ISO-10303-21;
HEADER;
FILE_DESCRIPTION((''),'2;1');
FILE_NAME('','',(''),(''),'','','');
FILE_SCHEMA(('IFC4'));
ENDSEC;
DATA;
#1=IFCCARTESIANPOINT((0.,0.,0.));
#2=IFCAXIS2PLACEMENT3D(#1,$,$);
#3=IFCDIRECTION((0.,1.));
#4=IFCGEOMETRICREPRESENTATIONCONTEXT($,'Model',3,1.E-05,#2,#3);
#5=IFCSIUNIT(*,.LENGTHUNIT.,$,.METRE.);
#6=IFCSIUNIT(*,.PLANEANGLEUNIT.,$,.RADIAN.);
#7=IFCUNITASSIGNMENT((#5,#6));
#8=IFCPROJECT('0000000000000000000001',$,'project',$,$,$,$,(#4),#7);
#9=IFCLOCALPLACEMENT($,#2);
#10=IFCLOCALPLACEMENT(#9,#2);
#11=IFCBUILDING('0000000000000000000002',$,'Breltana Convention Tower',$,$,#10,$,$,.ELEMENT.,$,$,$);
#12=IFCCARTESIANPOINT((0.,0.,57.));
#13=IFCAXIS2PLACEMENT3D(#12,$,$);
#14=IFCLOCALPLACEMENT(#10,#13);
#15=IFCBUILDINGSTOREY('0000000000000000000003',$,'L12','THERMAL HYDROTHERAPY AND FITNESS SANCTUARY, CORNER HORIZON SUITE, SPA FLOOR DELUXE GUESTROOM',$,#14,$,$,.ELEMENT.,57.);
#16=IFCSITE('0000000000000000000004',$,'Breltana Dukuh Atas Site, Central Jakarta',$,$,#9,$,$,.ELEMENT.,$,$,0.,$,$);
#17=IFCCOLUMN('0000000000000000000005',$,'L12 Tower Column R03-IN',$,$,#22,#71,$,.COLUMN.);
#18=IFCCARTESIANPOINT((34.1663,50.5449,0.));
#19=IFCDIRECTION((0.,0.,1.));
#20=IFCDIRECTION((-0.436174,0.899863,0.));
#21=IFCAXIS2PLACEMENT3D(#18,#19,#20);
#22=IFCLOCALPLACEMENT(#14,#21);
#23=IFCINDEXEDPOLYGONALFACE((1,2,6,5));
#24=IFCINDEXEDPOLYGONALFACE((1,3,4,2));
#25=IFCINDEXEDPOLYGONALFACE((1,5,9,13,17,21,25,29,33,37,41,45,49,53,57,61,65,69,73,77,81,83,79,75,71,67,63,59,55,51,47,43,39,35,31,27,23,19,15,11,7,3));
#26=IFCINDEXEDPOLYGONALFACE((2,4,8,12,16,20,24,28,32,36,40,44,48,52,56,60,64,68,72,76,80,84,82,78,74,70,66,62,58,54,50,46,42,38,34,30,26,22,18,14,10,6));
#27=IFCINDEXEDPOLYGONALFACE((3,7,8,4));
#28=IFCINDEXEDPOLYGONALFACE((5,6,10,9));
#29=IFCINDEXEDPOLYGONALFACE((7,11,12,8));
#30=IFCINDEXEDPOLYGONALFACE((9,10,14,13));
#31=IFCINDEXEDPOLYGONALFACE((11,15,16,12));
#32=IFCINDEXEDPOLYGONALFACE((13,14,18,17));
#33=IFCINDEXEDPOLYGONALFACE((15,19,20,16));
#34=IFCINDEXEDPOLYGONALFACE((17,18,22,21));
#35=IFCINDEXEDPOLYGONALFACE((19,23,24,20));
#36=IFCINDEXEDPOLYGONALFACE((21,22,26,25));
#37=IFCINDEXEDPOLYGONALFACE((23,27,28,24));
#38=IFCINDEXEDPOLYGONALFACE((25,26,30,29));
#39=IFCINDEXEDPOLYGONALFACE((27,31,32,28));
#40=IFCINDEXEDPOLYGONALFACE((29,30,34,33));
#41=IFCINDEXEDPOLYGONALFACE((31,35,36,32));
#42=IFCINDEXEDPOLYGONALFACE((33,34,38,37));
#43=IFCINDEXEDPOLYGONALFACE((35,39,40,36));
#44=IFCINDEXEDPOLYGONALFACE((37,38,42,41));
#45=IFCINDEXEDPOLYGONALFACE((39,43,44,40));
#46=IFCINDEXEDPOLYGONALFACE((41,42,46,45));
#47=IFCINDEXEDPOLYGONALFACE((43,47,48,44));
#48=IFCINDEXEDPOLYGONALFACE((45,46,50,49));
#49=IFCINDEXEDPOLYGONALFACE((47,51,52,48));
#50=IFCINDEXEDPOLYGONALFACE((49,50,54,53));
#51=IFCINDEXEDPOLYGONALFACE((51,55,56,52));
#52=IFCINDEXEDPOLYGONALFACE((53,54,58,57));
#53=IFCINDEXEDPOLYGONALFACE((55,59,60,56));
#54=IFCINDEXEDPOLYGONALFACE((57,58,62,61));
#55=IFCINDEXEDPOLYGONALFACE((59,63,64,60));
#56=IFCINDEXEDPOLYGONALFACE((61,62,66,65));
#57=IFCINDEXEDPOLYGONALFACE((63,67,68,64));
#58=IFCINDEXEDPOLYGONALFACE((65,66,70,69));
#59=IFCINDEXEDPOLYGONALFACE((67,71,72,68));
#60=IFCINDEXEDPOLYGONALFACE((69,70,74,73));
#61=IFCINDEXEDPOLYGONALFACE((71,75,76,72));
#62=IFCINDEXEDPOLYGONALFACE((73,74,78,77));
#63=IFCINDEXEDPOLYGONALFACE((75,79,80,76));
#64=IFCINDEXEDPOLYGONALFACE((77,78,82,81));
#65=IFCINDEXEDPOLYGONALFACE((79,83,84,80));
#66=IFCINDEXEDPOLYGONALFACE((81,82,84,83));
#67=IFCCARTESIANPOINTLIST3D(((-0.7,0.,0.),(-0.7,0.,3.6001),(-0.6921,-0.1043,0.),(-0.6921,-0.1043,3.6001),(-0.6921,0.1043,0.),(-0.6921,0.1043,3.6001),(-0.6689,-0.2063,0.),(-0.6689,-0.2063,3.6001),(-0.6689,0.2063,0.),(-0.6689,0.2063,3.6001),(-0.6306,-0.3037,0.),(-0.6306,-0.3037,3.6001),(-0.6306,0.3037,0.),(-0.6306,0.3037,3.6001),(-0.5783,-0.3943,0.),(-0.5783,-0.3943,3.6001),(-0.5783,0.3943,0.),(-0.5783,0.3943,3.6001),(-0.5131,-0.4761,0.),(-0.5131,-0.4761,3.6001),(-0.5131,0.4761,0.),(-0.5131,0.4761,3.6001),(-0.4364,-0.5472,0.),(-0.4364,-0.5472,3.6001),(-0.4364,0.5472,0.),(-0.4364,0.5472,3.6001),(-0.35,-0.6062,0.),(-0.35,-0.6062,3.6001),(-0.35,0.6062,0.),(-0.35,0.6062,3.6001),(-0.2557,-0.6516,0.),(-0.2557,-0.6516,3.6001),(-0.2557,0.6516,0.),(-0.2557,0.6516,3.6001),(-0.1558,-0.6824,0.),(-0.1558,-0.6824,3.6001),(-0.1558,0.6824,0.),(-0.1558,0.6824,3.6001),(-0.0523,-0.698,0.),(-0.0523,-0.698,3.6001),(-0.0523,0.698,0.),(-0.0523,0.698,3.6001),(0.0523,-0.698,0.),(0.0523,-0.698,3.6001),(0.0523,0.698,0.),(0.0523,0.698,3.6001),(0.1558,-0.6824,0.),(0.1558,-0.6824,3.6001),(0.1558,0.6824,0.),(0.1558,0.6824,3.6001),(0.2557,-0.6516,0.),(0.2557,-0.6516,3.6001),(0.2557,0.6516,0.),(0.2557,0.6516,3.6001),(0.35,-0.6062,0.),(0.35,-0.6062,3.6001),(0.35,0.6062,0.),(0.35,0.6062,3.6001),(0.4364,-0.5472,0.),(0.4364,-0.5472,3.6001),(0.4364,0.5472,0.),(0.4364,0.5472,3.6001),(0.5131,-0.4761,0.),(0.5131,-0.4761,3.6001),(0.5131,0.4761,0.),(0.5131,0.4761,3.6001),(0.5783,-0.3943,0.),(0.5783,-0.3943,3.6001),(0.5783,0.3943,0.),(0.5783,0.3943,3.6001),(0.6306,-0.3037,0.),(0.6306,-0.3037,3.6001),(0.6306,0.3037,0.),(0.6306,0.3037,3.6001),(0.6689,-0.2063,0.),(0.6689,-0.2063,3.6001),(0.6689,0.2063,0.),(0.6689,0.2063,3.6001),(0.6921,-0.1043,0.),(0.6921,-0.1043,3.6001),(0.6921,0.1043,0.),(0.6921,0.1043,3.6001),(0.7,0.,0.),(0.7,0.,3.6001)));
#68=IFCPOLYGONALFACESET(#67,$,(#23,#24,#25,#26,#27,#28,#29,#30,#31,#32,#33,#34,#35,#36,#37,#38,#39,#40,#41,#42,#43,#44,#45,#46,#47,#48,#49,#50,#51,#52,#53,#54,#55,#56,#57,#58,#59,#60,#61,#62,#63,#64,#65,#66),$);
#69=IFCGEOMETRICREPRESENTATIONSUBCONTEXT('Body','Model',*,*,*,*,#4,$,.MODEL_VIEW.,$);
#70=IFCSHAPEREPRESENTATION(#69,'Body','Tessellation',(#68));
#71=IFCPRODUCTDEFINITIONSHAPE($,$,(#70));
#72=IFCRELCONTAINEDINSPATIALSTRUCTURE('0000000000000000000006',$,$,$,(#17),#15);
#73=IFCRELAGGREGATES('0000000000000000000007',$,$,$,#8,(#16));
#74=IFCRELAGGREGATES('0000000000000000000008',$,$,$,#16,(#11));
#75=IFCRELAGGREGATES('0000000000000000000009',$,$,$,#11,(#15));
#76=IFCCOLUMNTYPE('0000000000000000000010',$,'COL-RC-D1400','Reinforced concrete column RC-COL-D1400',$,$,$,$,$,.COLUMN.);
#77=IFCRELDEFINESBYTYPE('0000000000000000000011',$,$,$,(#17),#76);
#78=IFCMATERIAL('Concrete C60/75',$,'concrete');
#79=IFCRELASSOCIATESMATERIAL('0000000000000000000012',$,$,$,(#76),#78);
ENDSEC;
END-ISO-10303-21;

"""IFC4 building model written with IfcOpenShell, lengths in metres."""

from ifc_helpers import new_model, si_unit, direction, frame, origin, origin_2d, place, context, subcontext, project, spatial, circle, extrude, source, transform, mapped, material, material_profile, profile_set, type_object, element, save


model = new_model("IFC4")

# Units and contexts
model_context = context("Model", 3, precision=1e-05, world=origin(), true_north=direction((0.0, 1.0)))
body_context = subcontext(model_context, "Body", "Model", "MODEL_VIEW")
ifc_project = project(units=[si_unit("LENGTHUNIT", "METRE"), si_unit("PLANEANGLEUNIT", "RADIAN")], contexts=[model_context])

# Site, building, storey
site_placement = place(None, origin())
site = spatial("IfcSite", under=ifc_project, at=site_placement, Name="Breltana Dukuh Atas Site, Central Jakarta", CompositionType="ELEMENT", RefElevation=0.0)
building_placement = place(site_placement, origin())
building = spatial("IfcBuilding", under=site, at=building_placement, Name="Breltana Convention Tower", CompositionType="ELEMENT")
storey_placement = place(building_placement, frame((0.0, 0.0, 57.0)))
storey = spatial("IfcBuildingStorey", under=building, at=storey_placement, Name="L12", Description="THERMAL HYDROTHERAPY AND FITNESS SANCTUARY, CORNER HORIZON SUITE, SPA FLOOR DELUXE GUESTROOM", CompositionType="ELEMENT", Elevation=57.0)

# Column
ifc_material_1 = material(Name="Concrete C60/75", Category="concrete")
ifc_material_profile_1 = material_profile(ifc_material_1, circle(Radius=0.7, at=origin_2d()), Name="RC-COL-D1400")
ifc_profile_set_1 = profile_set([ifc_material_profile_1], Name="Concrete C60/75")
column_type_1 = type_object("IfcColumnType", Name="COL-RC-D1400", Description="Reinforced concrete column RC-COL-D1400", PredefinedType="COLUMN", material=ifc_profile_set_1)
shared_shape_1 = source(origin(), body_context, "Body", "SweptSolid", [
    extrude(circle(Radius=0.7, at=origin_2d()), origin(), (0.0, 0.0, 1.0), 3.6001),
])
for number, where, z_axis, x_axis, name in (
    (1, (34.1663, 50.5449, 0.0), (0.0, 0.0, 1.0), (-0.436174, 0.899863, 0.0), "L12 Tower Column R03-IN"),
):
    element("IfcColumn", number, at=place(storey_placement, frame(where, z_axis=z_axis, x_axis=x_axis)), inside=storey, type_object=column_type_1, Name=name, PredefinedType="COLUMN", context=body_context, shape_type="MappedRepresentation", body=[
        mapped(shared_shape_1, transform((0.0, 0.0, 0.0), scale=1.0)),
    ])

save(model, "model.ifc")
